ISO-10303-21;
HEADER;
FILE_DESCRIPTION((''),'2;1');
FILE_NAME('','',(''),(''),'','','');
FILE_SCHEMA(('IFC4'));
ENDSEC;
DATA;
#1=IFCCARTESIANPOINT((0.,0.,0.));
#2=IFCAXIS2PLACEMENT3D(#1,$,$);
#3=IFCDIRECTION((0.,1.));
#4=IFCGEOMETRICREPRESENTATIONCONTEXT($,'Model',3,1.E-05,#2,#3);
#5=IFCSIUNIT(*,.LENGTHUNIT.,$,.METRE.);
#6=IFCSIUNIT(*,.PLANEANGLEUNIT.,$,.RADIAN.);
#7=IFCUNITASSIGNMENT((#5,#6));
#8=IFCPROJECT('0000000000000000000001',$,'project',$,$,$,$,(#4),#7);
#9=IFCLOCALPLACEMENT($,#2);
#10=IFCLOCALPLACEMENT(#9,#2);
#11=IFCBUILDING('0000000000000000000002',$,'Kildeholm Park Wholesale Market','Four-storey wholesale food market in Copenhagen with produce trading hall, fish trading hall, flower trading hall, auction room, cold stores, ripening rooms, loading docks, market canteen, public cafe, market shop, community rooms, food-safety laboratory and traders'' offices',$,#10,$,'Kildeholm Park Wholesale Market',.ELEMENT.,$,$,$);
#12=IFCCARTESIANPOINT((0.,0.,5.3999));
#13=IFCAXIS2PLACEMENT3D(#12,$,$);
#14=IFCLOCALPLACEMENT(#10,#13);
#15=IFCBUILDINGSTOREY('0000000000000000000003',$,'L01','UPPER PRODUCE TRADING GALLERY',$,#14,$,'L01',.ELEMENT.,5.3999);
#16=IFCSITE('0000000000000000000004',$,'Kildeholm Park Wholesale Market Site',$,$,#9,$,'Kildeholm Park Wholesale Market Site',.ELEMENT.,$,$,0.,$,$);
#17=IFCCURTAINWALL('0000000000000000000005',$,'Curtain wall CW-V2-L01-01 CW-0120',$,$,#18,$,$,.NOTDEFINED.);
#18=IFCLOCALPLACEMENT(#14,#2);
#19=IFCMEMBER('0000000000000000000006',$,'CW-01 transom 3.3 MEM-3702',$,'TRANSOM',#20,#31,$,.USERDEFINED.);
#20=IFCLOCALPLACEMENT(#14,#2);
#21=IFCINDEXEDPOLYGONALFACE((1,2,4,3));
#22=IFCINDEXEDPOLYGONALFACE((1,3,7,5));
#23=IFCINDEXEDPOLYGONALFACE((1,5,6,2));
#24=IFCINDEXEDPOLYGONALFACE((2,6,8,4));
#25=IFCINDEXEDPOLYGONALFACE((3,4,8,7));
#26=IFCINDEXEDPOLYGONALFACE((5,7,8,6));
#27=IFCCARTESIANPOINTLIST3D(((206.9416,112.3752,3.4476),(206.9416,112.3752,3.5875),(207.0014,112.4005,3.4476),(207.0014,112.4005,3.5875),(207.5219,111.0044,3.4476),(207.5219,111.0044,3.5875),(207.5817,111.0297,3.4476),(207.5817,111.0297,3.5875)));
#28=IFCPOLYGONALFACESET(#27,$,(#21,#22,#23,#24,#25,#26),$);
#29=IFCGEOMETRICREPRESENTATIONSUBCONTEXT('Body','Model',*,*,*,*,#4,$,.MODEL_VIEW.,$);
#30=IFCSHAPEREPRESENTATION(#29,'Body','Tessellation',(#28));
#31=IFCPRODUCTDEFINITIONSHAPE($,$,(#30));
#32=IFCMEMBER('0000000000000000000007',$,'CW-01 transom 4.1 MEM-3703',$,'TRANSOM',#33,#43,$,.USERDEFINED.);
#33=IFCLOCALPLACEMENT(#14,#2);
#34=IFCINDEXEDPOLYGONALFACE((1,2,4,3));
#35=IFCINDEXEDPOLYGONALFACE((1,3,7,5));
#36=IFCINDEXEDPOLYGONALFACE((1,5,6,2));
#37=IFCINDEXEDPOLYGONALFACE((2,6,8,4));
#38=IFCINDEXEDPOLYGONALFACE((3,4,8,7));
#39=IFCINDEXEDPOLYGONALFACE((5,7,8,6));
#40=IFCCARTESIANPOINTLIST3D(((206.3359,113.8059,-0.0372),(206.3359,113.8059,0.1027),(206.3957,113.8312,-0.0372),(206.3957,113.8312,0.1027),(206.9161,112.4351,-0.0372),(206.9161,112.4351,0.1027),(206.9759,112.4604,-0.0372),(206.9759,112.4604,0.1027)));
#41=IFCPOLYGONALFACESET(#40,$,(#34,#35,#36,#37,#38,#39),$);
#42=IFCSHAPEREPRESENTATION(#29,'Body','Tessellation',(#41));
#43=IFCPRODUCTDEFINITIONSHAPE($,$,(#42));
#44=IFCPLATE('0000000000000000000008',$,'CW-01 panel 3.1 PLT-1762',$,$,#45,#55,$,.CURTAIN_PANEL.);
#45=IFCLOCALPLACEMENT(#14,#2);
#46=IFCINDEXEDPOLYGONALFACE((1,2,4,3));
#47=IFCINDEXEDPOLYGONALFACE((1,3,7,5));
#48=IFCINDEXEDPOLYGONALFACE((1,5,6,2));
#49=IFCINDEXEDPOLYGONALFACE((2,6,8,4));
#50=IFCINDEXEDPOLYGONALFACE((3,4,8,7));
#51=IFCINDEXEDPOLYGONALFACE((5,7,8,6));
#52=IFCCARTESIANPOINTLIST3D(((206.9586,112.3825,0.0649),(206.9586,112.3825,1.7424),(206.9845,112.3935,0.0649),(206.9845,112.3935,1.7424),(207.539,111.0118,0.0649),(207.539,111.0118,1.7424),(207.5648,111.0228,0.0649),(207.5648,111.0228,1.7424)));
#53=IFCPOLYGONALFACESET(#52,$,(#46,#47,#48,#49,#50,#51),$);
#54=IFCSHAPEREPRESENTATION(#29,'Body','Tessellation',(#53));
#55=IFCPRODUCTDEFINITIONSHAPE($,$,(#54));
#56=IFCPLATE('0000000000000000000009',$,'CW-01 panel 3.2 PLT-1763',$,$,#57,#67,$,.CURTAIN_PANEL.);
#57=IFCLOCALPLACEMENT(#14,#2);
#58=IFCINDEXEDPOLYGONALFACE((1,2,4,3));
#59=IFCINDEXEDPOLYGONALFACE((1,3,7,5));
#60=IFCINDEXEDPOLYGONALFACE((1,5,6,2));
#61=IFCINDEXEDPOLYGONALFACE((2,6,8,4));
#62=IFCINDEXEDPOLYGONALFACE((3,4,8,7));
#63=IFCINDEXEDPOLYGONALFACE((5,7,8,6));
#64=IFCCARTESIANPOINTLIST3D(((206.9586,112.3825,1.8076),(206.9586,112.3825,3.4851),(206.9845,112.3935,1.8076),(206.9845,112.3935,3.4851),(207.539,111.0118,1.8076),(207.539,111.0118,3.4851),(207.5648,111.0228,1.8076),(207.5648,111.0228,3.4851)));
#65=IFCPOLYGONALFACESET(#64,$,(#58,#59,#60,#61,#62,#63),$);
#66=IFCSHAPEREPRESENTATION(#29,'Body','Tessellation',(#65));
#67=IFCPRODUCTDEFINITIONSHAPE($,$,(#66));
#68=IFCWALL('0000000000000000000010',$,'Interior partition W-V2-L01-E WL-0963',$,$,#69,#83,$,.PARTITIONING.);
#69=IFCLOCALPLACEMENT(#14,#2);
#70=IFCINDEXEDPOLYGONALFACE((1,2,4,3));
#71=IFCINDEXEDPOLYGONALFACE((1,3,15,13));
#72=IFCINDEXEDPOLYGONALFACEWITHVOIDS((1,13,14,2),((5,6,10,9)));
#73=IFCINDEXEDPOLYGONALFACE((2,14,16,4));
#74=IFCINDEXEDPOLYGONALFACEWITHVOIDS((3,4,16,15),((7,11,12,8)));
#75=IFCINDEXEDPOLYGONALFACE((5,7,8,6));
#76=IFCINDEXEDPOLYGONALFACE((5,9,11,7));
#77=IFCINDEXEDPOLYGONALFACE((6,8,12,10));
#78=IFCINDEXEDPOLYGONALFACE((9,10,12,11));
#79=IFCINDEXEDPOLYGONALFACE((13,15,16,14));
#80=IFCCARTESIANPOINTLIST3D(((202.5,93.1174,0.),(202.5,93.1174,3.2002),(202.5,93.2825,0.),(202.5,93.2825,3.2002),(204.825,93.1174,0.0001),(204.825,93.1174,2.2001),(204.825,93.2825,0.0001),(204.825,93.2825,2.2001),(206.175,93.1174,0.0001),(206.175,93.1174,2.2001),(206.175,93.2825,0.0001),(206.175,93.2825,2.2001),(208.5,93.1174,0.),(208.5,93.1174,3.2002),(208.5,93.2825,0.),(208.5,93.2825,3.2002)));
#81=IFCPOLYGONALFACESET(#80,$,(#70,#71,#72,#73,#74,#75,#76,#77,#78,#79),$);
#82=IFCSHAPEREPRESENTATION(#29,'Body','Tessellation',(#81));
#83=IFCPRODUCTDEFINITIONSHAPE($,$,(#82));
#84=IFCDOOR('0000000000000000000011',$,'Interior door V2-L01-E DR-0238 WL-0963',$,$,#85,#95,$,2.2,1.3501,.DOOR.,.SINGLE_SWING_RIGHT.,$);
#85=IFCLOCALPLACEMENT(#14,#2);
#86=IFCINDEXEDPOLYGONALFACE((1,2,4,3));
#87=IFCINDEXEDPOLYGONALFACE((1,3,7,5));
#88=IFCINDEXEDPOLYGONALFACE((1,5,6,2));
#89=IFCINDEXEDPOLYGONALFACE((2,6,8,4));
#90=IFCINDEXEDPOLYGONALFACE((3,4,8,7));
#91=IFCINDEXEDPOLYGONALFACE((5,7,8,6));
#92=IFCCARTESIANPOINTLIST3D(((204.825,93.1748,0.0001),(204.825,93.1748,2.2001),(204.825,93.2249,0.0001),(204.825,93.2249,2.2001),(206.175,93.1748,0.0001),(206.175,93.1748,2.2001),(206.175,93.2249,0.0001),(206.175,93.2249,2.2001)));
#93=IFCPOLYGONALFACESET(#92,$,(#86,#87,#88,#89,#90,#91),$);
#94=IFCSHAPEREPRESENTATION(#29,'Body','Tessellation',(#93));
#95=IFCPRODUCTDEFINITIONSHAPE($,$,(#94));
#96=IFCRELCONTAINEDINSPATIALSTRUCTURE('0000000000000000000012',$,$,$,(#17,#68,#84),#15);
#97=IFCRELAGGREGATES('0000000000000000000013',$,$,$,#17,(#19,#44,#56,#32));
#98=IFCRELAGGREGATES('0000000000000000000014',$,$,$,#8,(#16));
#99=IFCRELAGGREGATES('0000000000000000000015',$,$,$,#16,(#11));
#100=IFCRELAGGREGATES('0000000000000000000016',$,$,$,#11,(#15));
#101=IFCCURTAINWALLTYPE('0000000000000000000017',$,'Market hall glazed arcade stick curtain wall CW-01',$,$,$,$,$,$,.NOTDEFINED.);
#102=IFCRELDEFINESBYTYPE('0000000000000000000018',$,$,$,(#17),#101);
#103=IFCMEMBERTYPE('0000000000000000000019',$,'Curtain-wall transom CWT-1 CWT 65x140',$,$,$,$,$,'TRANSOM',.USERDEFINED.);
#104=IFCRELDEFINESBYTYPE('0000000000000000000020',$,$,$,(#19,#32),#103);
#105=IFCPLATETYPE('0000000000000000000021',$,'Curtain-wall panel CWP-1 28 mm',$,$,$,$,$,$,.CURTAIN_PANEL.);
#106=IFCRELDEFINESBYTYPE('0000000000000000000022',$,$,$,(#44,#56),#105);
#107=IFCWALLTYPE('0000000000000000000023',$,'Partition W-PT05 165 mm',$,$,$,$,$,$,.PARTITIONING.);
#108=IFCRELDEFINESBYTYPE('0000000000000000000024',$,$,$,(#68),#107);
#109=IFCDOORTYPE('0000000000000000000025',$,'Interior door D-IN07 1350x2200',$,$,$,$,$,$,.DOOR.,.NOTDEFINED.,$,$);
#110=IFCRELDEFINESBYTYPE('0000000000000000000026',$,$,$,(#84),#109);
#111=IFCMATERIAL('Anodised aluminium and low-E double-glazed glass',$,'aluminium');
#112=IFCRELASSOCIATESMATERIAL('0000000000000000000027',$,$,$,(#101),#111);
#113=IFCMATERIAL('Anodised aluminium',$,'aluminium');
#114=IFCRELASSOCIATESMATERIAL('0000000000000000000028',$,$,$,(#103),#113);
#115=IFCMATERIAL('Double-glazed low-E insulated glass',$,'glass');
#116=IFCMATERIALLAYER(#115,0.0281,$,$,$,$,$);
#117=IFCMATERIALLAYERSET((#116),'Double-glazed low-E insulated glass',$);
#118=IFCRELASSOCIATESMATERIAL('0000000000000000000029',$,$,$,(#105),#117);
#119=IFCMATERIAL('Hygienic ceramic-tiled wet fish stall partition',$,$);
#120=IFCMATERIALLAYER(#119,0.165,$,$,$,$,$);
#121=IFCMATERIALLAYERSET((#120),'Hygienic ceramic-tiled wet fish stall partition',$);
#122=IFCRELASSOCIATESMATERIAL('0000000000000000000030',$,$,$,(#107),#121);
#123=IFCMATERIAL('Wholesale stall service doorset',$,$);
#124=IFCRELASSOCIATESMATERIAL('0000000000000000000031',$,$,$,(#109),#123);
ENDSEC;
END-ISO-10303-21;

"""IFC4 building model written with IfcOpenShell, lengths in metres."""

from ifc_helpers import new_model, si_unit, direction, frame, frame_2d, origin, origin_2d, place, context, subcontext, project, spatial, rectangle, extrude, material, layer, layer_set, material_profile, profile_set, type_object, element, fill, aggregate, save


model = new_model("IFC4")

# Units and contexts
model_context = context("Model", 3, precision=1e-05, world=origin(), true_north=direction((0.0, 1.0)))
body_context = subcontext(model_context, "Body", "Model", "MODEL_VIEW")
ifc_project = project(units=[si_unit("LENGTHUNIT", "METRE"), si_unit("PLANEANGLEUNIT", "RADIAN")], contexts=[model_context])

# Site, building, storey
site_placement = place(None, origin())
site = spatial("IfcSite", under=ifc_project, at=site_placement, Name="Kildeholm Park Wholesale Market Site", LongName="Kildeholm Park Wholesale Market Site", CompositionType="ELEMENT", RefElevation=0.0)
building_placement = place(site_placement, origin())
building = spatial("IfcBuilding", under=site, at=building_placement, Name="Kildeholm Park Wholesale Market", Description="Four-storey wholesale food market in Copenhagen with produce trading hall, fish trading hall, flower trading hall, auction room, cold stores, ripening rooms, loading docks, market canteen, public cafe, market shop, community rooms, food-safety laboratory and traders' offices", LongName="Kildeholm Park Wholesale Market", CompositionType="ELEMENT")
storey_placement = place(building_placement, frame((0.0, 0.0, 5.3999)))
storey = spatial("IfcBuildingStorey", under=building, at=storey_placement, Name="L01", Description="UPPER PRODUCE TRADING GALLERY", LongName="L01", CompositionType="ELEMENT", Elevation=5.3999)

# Curtain wall, members, plates
ifc_material_1 = material(Name="Anodised aluminium and low-E double-glazed glass", Category="aluminium")
curtain_wall_type = type_object("IfcCurtainWallType", Name="Market hall glazed arcade stick curtain wall CW-01", PredefinedType="NOTDEFINED", material=ifc_material_1)
curtain_wall_placement = place(storey_placement, origin())
curtain_wall = element("IfcCurtainWall", 1, at=curtain_wall_placement, inside=storey, type_object=curtain_wall_type, Name="Curtain wall CW-V2-L01-01 CW-0120", PredefinedType="NOTDEFINED")
ifc_material_2 = material(Name="Anodised aluminium", Category="aluminium")
ifc_material_profile_1 = material_profile(ifc_material_2, rectangle(XDim=0.0649, YDim=0.1399, at=origin_2d()), Name="CWT 65x140")
ifc_profile_set_1 = profile_set([ifc_material_profile_1], Name="Anodised aluminium")
member_type_1 = type_object("IfcMemberType", Name="Curtain-wall transom CWT-1 CWT 65x140", ElementType="TRANSOM", PredefinedType="USERDEFINED", material=ifc_profile_set_1)
member_1_placement = place(storey_placement, frame((207.5518, 111.0171, 3.5176), z_axis=(-0.389838, 0.920883, 0.0), x_axis=(-0.920883, -0.389838, 0.0)))
member_1 = element("IfcMember", 2, at=member_1_placement, type_object=member_type_1, Name="CW-01 transom 3.3 MEM-3702", ObjectType="TRANSOM", PredefinedType="USERDEFINED", context=body_context, shape_type="SweptSolid", body=[
    extrude(rectangle(XDim=0.0649, YDim=0.1399, at=origin_2d()), origin(), (0.0, 0.0, 1.0), 1.4885),
])
member_2_placement = place(storey_placement, frame((206.946, 112.4478, 0.0327), z_axis=(-0.389838, 0.920883, 0.0), x_axis=(-0.920883, -0.389838, 0.0)))
member_2 = element("IfcMember", 3, at=member_2_placement, type_object=member_type_1, Name="CW-01 transom 4.1 MEM-3703", ObjectType="TRANSOM", PredefinedType="USERDEFINED", context=body_context, shape_type="SweptSolid", body=[
    extrude(rectangle(XDim=0.0649, YDim=0.1399, at=origin_2d()), origin(), (0.0, 0.0, 1.0), 1.4885),
])
ifc_material_3 = material(Name="Double-glazed low-E insulated glass", Category="glass")
ifc_layer_1 = layer(ifc_material_3, 0.0281)
ifc_layer_set_1 = layer_set([ifc_layer_1], Name="Double-glazed low-E insulated glass")
plate_type = type_object("IfcPlateType", Name="Curtain-wall panel CWP-1 28 mm", PredefinedType="CURTAIN_PANEL", material=ifc_layer_set_1)
plate_1_placement = place(storey_placement, frame((207.2617, 111.7026, 0.0649), z_axis=(0.0, 0.0, 1.0), x_axis=(-0.389905, 0.920855, 0.0)))
plate_1 = element("IfcPlate", 4, at=plate_1_placement, type_object=plate_type, Name="CW-01 panel 3.1 PLT-1762", PredefinedType="CURTAIN_PANEL", context=body_context, shape_type="SweptSolid", body=[
    extrude(rectangle(XDim=1.4885, YDim=0.0281, at=origin_2d()), origin(), (0.0, 0.0, 1.0), 1.6775),
])
plate_2_placement = place(storey_placement, frame((207.2617, 111.7026, 1.8076), z_axis=(0.0, 0.0, 1.0), x_axis=(-0.389905, 0.920855, 0.0)))
plate_2 = element("IfcPlate", 5, at=plate_2_placement, type_object=plate_type, Name="CW-01 panel 3.2 PLT-1763", PredefinedType="CURTAIN_PANEL", context=body_context, shape_type="SweptSolid", body=[
    extrude(rectangle(XDim=1.4885, YDim=0.0281, at=origin_2d()), origin(), (0.0, 0.0, 1.0), 1.6775),
])
aggregate(curtain_wall, [member_1, plate_1, plate_2, member_2])

# Wall, opening, door
ifc_material_4 = material(Name="Hygienic ceramic-tiled wet fish stall partition")
ifc_layer_2 = layer(ifc_material_4, 0.165)
ifc_layer_set_2 = layer_set([ifc_layer_2], Name="Hygienic ceramic-tiled wet fish stall partition")
wall_type = type_object("IfcWallType", Name="Partition W-PT05 165 mm", PredefinedType="PARTITIONING", material=ifc_layer_set_2)
wall_placement = place(storey_placement, frame((202.5, 93.2, 0.0), z_axis=(0.0, 0.0, 1.0), x_axis=(1.0, 0.0, 0.0)))
wall = element("IfcWall", 6, at=wall_placement, inside=storey, type_object=wall_type, Name="Interior partition W-V2-L01-E WL-0963", PredefinedType="PARTITIONING", context=body_context, shape_type="SweptSolid", body=[
    extrude(rectangle(XDim=6.0, YDim=0.165, at=frame_2d((3.0, 0.0))), origin(), (0.0, 0.0, 1.0), 3.2002),
])
opening_placement = place(wall_placement, frame((2.325, 0.0, 0.0)))
opening = element("IfcOpeningElement", 7, at=opening_placement, cuts=wall, PredefinedType="OPENING", context=body_context, shape_type="SweptSolid", body=[
    extrude(rectangle(XDim=1.3501, YDim=2.2, at=frame_2d((0.675, 1.1001))), frame((0.0, 0.0925, 0.0), z_axis=(0.0, -1.0, 0.0), x_axis=(1.0, 0.0, 0.0)), (0.0, 0.0, 1.0), 0.1851),
])
ifc_material_5 = material(Name="Wholesale stall service doorset")
door_type = type_object("IfcDoorType", Name="Interior door D-IN07 1350x2200", OperationType="NOTDEFINED", PredefinedType="DOOR", material=ifc_material_5)
door_placement = place(opening_placement, origin())
door = element("IfcDoor", 8, at=door_placement, inside=storey, type_object=door_type, Name="Interior door V2-L01-E DR-0238 WL-0963", OperationType="SINGLE_SWING_RIGHT", OverallHeight=2.2, OverallWidth=1.3501, PredefinedType="DOOR", context=body_context, shape_type="SweptSolid", body=[
    extrude(rectangle(XDim=1.3501, YDim=2.2, at=frame_2d((0.675, 1.1001))), frame((0.0, 0.0249, 0.0), z_axis=(0.0, -1.0, 0.0), x_axis=(1.0, 0.0, 0.0)), (0.0, 0.0, 1.0), 0.05),
])
fill(opening, door)

save(model, "model.ifc")
